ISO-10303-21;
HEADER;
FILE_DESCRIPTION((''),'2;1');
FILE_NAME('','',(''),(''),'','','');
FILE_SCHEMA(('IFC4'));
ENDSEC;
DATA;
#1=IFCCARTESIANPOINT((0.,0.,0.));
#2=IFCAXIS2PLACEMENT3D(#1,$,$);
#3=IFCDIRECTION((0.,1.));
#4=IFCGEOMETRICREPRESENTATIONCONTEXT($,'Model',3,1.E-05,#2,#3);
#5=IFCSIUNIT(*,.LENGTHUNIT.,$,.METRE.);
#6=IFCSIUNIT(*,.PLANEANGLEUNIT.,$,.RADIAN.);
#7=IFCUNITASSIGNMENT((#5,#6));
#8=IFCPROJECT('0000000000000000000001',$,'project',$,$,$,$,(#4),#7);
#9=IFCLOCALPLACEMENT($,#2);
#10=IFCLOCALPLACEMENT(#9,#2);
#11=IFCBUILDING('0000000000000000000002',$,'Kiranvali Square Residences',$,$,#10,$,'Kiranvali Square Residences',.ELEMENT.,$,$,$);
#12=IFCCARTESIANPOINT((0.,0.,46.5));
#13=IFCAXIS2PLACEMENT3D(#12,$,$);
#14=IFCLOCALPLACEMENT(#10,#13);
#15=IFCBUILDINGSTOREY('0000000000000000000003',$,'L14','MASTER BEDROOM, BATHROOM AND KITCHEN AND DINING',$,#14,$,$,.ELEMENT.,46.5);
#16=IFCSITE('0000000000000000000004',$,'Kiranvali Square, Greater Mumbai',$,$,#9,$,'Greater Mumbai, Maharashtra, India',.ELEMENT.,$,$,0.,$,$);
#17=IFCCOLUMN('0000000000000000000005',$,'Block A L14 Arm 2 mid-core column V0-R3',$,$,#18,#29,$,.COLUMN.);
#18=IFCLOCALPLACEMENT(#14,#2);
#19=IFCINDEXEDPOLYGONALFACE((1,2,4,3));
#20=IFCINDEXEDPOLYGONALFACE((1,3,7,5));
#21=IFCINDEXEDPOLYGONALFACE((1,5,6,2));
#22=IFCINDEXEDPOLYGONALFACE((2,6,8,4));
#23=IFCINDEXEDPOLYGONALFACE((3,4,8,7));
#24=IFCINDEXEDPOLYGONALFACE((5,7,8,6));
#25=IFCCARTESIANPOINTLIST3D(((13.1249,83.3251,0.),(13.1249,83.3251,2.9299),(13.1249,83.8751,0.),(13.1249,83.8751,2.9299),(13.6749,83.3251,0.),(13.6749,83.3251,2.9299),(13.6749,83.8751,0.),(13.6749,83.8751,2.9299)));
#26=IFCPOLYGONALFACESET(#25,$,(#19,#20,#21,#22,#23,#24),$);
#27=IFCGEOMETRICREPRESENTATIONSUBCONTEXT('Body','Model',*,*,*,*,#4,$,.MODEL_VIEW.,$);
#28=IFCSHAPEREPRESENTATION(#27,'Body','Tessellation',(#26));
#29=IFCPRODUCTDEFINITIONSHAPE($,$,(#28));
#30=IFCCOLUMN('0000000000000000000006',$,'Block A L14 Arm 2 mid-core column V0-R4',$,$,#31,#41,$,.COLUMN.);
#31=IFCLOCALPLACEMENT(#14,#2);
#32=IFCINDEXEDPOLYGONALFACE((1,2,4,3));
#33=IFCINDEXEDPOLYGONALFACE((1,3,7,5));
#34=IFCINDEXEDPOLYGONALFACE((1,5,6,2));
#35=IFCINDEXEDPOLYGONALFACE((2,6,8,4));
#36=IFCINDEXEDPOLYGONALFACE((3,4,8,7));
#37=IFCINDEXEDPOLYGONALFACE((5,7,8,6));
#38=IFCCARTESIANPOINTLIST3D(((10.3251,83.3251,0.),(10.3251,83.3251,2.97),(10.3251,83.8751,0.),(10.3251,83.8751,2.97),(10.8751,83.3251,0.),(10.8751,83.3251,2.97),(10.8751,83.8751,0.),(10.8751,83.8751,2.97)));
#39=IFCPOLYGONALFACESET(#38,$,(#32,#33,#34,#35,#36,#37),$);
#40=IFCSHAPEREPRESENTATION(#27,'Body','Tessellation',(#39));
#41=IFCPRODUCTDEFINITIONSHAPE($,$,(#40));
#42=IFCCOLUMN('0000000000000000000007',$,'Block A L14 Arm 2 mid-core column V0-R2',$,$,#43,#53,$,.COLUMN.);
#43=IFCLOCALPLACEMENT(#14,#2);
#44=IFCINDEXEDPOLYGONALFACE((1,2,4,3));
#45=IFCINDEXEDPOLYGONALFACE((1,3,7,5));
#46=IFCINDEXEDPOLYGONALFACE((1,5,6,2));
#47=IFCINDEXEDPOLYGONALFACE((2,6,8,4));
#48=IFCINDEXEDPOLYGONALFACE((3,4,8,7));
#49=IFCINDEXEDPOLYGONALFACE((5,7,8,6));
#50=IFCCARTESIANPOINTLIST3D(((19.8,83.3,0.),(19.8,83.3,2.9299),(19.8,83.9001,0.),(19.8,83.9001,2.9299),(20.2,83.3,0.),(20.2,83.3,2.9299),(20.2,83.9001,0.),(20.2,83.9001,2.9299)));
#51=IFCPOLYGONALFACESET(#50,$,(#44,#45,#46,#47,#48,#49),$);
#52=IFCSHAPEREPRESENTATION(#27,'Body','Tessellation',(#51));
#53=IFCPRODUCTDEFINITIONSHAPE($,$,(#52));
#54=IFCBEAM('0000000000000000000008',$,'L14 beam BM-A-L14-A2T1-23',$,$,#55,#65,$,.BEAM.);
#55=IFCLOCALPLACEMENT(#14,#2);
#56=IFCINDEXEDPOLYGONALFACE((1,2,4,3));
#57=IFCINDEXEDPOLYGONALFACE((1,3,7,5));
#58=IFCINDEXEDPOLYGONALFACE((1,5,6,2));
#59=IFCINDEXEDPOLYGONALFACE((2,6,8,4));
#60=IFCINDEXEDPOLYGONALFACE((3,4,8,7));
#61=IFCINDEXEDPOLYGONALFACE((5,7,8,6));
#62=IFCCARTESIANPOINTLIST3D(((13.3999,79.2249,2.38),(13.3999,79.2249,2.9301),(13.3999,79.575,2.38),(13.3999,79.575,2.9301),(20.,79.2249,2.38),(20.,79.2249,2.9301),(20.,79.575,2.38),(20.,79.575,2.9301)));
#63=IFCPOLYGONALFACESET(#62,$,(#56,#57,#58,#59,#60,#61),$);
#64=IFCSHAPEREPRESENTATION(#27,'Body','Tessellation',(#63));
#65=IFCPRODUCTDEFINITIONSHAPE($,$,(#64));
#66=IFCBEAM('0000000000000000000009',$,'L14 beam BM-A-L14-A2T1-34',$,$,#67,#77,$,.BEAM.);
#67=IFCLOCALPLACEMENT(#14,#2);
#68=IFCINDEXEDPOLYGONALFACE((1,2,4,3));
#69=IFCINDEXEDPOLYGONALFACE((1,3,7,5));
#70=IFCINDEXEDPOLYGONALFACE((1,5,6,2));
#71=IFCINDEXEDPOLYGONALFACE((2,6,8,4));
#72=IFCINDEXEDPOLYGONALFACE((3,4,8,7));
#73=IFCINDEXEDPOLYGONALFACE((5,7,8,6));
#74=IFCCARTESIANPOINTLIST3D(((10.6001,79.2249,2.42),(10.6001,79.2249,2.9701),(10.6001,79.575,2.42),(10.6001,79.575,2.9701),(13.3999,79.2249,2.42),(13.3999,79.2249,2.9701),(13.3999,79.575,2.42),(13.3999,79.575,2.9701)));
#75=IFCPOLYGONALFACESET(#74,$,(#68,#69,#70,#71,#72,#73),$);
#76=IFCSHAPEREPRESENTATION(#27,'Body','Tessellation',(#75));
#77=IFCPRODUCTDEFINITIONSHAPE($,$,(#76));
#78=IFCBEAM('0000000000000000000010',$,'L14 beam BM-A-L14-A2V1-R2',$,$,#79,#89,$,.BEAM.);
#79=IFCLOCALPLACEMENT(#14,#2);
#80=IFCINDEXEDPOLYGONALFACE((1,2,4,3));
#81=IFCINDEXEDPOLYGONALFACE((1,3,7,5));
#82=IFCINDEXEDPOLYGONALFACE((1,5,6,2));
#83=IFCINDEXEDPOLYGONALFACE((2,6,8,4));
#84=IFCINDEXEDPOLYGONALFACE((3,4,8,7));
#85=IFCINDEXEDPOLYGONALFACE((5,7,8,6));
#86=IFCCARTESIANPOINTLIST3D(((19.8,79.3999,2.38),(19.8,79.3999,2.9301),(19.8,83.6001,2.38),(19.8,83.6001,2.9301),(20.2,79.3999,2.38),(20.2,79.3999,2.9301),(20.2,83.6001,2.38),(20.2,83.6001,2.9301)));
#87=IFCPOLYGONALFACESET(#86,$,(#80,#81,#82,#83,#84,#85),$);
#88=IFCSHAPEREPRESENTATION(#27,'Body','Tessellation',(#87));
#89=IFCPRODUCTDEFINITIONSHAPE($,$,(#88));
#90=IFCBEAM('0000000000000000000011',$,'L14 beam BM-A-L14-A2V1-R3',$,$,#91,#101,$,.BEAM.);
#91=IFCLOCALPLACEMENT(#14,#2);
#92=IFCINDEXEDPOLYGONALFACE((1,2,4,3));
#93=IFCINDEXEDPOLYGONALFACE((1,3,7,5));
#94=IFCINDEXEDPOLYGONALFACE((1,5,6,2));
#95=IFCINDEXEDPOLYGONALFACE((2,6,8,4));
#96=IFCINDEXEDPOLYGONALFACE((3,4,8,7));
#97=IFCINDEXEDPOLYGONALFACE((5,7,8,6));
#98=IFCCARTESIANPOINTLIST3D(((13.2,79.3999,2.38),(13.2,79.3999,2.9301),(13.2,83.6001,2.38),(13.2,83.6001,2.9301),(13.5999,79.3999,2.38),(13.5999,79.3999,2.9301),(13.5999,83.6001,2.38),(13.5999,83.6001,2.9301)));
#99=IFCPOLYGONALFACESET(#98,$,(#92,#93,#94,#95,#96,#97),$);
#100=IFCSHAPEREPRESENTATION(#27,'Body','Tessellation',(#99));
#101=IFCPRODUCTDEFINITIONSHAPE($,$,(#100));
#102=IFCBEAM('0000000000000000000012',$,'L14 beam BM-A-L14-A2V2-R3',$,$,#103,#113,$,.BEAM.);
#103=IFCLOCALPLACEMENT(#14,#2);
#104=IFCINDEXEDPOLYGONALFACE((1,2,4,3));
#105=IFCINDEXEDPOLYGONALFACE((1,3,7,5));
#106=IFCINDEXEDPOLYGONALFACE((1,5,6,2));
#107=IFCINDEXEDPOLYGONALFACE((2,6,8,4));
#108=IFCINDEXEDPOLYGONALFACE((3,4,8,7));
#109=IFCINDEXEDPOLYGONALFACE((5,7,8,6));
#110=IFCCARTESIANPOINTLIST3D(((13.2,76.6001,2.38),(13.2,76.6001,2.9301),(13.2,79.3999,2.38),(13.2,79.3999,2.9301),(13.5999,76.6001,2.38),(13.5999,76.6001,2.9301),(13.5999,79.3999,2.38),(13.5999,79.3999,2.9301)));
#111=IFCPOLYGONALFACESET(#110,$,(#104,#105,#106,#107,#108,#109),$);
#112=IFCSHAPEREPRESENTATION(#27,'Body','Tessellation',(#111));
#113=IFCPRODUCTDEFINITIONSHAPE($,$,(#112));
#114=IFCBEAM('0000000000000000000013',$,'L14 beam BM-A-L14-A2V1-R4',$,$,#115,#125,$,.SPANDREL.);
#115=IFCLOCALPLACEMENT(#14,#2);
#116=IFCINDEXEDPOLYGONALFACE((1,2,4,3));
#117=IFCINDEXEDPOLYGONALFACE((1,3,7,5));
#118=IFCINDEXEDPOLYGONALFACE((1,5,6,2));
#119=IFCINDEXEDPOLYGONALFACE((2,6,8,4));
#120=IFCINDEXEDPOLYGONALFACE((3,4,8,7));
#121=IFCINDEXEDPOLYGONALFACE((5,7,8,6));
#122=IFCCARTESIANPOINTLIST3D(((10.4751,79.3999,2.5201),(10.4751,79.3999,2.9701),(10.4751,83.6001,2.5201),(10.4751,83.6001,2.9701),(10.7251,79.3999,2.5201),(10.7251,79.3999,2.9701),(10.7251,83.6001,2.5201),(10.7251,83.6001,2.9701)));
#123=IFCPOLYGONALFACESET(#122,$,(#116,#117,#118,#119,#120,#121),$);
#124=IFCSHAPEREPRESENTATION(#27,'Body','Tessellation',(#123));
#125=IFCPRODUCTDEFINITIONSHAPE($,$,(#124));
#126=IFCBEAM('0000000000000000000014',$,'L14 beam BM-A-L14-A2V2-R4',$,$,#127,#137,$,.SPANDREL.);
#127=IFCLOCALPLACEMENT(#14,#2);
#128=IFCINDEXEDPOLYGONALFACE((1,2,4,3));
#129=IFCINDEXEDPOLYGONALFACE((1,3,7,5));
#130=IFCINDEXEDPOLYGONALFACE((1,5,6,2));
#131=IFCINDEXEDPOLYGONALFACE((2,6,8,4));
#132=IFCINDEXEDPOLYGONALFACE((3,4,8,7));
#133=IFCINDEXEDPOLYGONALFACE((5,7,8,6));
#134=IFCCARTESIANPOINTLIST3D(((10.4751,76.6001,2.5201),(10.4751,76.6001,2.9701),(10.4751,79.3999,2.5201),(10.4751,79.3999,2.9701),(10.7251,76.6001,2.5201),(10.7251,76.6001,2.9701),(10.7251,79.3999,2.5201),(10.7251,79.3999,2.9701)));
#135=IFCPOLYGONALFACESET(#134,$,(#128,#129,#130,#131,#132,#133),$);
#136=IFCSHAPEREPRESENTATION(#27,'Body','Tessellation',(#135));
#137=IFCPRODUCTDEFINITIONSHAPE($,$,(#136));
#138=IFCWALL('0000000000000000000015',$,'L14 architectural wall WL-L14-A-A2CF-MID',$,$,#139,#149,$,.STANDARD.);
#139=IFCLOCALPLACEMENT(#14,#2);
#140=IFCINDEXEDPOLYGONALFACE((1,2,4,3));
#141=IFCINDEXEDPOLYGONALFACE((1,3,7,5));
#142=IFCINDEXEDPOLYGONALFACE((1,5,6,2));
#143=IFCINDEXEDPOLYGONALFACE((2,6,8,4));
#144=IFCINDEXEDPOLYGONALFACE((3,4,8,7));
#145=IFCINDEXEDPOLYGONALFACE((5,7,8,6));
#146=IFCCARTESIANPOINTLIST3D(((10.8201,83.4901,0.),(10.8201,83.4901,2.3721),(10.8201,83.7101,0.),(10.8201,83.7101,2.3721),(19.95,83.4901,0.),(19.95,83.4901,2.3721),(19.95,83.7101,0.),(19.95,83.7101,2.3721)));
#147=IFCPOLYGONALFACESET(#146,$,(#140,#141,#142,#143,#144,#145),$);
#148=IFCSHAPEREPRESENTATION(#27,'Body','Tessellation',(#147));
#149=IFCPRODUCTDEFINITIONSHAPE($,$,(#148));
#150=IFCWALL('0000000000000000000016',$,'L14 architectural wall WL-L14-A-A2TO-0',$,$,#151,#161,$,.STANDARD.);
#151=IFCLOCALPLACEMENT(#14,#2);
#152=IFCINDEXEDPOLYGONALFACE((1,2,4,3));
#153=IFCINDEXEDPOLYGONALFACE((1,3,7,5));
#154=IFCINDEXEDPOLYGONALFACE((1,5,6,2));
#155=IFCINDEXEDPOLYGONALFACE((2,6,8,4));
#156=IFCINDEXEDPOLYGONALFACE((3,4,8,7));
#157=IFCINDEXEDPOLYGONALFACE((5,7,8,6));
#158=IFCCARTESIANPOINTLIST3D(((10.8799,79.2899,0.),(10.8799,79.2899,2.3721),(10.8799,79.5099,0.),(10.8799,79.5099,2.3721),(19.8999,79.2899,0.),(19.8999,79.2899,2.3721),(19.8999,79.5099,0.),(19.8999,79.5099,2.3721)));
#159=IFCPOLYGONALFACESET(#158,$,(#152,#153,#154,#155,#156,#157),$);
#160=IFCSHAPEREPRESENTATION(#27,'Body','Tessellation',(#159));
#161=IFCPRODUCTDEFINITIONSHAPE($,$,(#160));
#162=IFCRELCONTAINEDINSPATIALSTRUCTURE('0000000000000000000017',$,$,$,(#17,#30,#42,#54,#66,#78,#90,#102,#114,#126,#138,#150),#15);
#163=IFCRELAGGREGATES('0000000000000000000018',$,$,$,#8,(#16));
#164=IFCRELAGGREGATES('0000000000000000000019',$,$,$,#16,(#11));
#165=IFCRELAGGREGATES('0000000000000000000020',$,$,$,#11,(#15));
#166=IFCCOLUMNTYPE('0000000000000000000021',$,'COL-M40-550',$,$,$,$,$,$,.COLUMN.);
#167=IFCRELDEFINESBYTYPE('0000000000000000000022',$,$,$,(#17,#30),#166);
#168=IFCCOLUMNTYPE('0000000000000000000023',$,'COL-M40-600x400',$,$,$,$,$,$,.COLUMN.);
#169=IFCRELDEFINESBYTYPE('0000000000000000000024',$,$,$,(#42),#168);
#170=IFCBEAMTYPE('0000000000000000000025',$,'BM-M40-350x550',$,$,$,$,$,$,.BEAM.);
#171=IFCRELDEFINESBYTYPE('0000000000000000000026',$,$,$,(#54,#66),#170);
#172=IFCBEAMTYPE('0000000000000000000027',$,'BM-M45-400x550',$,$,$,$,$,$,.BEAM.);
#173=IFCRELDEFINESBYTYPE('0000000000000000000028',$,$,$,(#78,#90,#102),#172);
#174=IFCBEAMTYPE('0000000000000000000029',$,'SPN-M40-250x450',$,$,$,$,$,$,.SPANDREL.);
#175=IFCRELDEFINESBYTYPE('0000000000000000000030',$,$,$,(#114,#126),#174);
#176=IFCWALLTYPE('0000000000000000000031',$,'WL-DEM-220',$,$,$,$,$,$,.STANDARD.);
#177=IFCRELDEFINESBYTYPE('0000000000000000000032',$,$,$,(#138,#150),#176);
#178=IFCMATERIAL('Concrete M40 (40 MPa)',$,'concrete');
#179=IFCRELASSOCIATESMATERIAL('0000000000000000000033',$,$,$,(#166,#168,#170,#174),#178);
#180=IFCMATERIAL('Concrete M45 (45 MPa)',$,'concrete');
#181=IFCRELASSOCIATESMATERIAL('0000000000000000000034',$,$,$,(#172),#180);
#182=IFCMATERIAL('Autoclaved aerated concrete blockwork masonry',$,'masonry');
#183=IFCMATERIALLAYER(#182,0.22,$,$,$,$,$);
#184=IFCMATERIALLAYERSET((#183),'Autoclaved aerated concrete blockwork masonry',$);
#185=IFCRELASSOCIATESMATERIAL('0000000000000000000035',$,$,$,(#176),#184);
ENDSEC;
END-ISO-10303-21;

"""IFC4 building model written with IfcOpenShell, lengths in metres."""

from ifc_helpers import new_model, si_unit, direction, frame, frame_2d, origin, origin_2d, place, context, subcontext, project, spatial, rectangle, extrude, material, layer, layer_set, material_profile, profile_set, type_object, element, save


model = new_model("IFC4")

# Units and contexts
model_context = context("Model", 3, precision=1e-05, world=origin(), true_north=direction((0.0, 1.0)))
body_context = subcontext(model_context, "Body", "Model", "MODEL_VIEW")
ifc_project = project(units=[si_unit("LENGTHUNIT", "METRE"), si_unit("PLANEANGLEUNIT", "RADIAN")], contexts=[model_context])

# Site, building, storey
site_placement = place(None, origin())
site = spatial("IfcSite", under=ifc_project, at=site_placement, Name="Kiranvali Square, Greater Mumbai", LongName="Greater Mumbai, Maharashtra, India", CompositionType="ELEMENT", RefElevation=0.0)
building_placement = place(site_placement, origin())
building = spatial("IfcBuilding", under=site, at=building_placement, Name="Kiranvali Square Residences", LongName="Kiranvali Square Residences", CompositionType="ELEMENT")
storey_placement = place(building_placement, frame((0.0, 0.0, 46.5)))
storey = spatial("IfcBuildingStorey", under=building, at=storey_placement, Name="L14", Description="MASTER BEDROOM, BATHROOM AND KITCHEN AND DINING", CompositionType="ELEMENT", Elevation=46.5)

# Columns
ifc_material_1 = material(Name="Concrete M40 (40 MPa)", Category="concrete")
ifc_material_profile_1 = material_profile(ifc_material_1, rectangle(XDim=0.55, YDim=0.55, at=origin_2d()), Name="RC 550x550")
ifc_profile_set_1 = profile_set([ifc_material_profile_1], Name="Concrete M40 (40 MPa)")
column_type_1 = type_object("IfcColumnType", Name="COL-M40-550", PredefinedType="COLUMN", material=ifc_profile_set_1)
column_1_placement = place(storey_placement, frame((13.3999, 83.6001, 0.0), z_axis=(0.0, 0.0, 1.0), x_axis=(1.0, 0.0, 0.0)))
element("IfcColumn", 1, at=column_1_placement, inside=storey, type_object=column_type_1, Name="Block A L14 Arm 2 mid-core column V0-R3", PredefinedType="COLUMN", context=body_context, shape_type="SweptSolid", body=[
    extrude(rectangle(XDim=0.55, YDim=0.55, at=origin_2d()), origin(), (0.0, 0.0, 1.0), 2.9299),
])
column_2_placement = place(storey_placement, frame((10.6001, 83.6001, 0.0), z_axis=(0.0, 0.0, 1.0), x_axis=(1.0, 0.0, 0.0)))
element("IfcColumn", 2, at=column_2_placement, inside=storey, type_object=column_type_1, Name="Block A L14 Arm 2 mid-core column V0-R4", PredefinedType="COLUMN", context=body_context, shape_type="SweptSolid", body=[
    extrude(rectangle(XDim=0.55, YDim=0.55, at=origin_2d()), origin(), (0.0, 0.0, 1.0), 2.97),
])
ifc_material_profile_2 = material_profile(ifc_material_1, rectangle(XDim=0.3999, YDim=0.6001, at=origin_2d()), Name="RC 600x400")
ifc_profile_set_2 = profile_set([ifc_material_profile_2], Name="Concrete M40 (40 MPa)")
column_type_2 = type_object("IfcColumnType", Name="COL-M40-600x400", PredefinedType="COLUMN", material=ifc_profile_set_2)
column_3_placement = place(storey_placement, frame((20.0, 83.6001, 0.0), z_axis=(0.0, 0.0, 1.0), x_axis=(1.0, 0.0, 0.0)))
element("IfcColumn", 3, at=column_3_placement, inside=storey, type_object=column_type_2, Name="Block A L14 Arm 2 mid-core column V0-R2", PredefinedType="COLUMN", context=body_context, shape_type="SweptSolid", body=[
    extrude(rectangle(XDim=0.3999, YDim=0.6001, at=origin_2d()), origin(), (0.0, 0.0, 1.0), 2.9299),
])

# Beams
ifc_material_profile_3 = material_profile(ifc_material_1, rectangle(XDim=0.3501, YDim=0.55, at=origin_2d()), Name="RC 350x550")
ifc_profile_set_3 = profile_set([ifc_material_profile_3], Name="Concrete M40 (40 MPa)")
beam_type_1 = type_object("IfcBeamType", Name="BM-M40-350x550", PredefinedType="BEAM", material=ifc_profile_set_3)
beam_1_placement = place(storey_placement, frame((20.0, 79.3999, 2.655), z_axis=(-1.0, 0.0, 0.0), x_axis=(0.0, -1.0, 0.0)))
element("IfcBeam", 4, at=beam_1_placement, inside=storey, type_object=beam_type_1, Name="L14 beam BM-A-L14-A2T1-23", PredefinedType="BEAM", context=body_context, shape_type="SweptSolid", body=[
    extrude(rectangle(XDim=0.3501, YDim=0.55, at=origin_2d()), origin(), (0.0, 0.0, 1.0), 6.6001),
])
beam_2_placement = place(storey_placement, frame((13.3999, 79.3999, 2.6951), z_axis=(-1.0, 0.0, 0.0), x_axis=(0.0, -1.0, 0.0)))
element("IfcBeam", 5, at=beam_2_placement, inside=storey, type_object=beam_type_1, Name="L14 beam BM-A-L14-A2T1-34", PredefinedType="BEAM", context=body_context, shape_type="SweptSolid", body=[
    extrude(rectangle(XDim=0.3501, YDim=0.55, at=origin_2d()), origin(), (0.0, 0.0, 1.0), 2.7998),
])
ifc_material_2 = material(Name="Concrete M45 (45 MPa)", Category="concrete")
ifc_material_profile_4 = material_profile(ifc_material_2, rectangle(XDim=0.3999, YDim=0.55, at=origin_2d()), Name="RC 400x550")
ifc_profile_set_4 = profile_set([ifc_material_profile_4], Name="Concrete M45 (45 MPa)")
beam_type_2 = type_object("IfcBeamType", Name="BM-M45-400x550", PredefinedType="BEAM", material=ifc_profile_set_4)
for number, where, z_axis, x_axis, name in (
    (6, (20.0, 83.6001, 2.655), (0.0, -1.0, 0.0), (1.0, 0.0, 0.0), "L14 beam BM-A-L14-A2V1-R2"),
    (7, (13.3999, 83.6001, 2.655), (0.0, -1.0, 0.0), (1.0, 0.0, 0.0), "L14 beam BM-A-L14-A2V1-R3"),
):
    element("IfcBeam", number, at=place(storey_placement, frame(where, z_axis=z_axis, x_axis=x_axis)), inside=storey, type_object=beam_type_2, Name=name, PredefinedType="BEAM", context=body_context, shape_type="SweptSolid", body=[
        extrude(rectangle(XDim=0.3999, YDim=0.55, at=origin_2d()), origin(), (0.0, 0.0, 1.0), 4.2002),
    ])
beam_3_placement = place(storey_placement, frame((13.3999, 79.3999, 2.655), z_axis=(0.0, -1.0, 0.0), x_axis=(1.0, 0.0, 0.0)))
element("IfcBeam", 8, at=beam_3_placement, inside=storey, type_object=beam_type_2, Name="L14 beam BM-A-L14-A2V2-R3", PredefinedType="BEAM", context=body_context, shape_type="SweptSolid", body=[
    extrude(rectangle(XDim=0.3999, YDim=0.55, at=origin_2d()), origin(), (0.0, 0.0, 1.0), 2.7998),
])
ifc_material_profile_5 = material_profile(ifc_material_1, rectangle(XDim=0.25, YDim=0.45, at=origin_2d()), Name="RC 250x450")
ifc_profile_set_5 = profile_set([ifc_material_profile_5], Name="Concrete M40 (40 MPa)")
beam_type_3 = type_object("IfcBeamType", Name="SPN-M40-250x450", PredefinedType="SPANDREL", material=ifc_profile_set_5)
beam_4_placement = place(storey_placement, frame((10.6001, 83.6001, 2.7451), z_axis=(0.0, -1.0, 0.0), x_axis=(1.0, 0.0, 0.0)))
element("IfcBeam", 9, at=beam_4_placement, inside=storey, type_object=beam_type_3, Name="L14 beam BM-A-L14-A2V1-R4", PredefinedType="SPANDREL", context=body_context, shape_type="SweptSolid", body=[
    extrude(rectangle(XDim=0.25, YDim=0.45, at=origin_2d()), origin(), (0.0, 0.0, 1.0), 4.2002),
])
beam_5_placement = place(storey_placement, frame((10.6001, 79.3999, 2.7451), z_axis=(0.0, -1.0, 0.0), x_axis=(1.0, 0.0, 0.0)))
element("IfcBeam", 10, at=beam_5_placement, inside=storey, type_object=beam_type_3, Name="L14 beam BM-A-L14-A2V2-R4", PredefinedType="SPANDREL", context=body_context, shape_type="SweptSolid", body=[
    extrude(rectangle(XDim=0.25, YDim=0.45, at=origin_2d()), origin(), (0.0, 0.0, 1.0), 2.7998),
])

# Shared definitions
ifc_material_3 = material(Name="Autoclaved aerated concrete blockwork masonry", Category="masonry")

# Walls
ifc_layer_1 = layer(ifc_material_3, 0.22)
ifc_layer_set_1 = layer_set([ifc_layer_1], Name="Autoclaved aerated concrete blockwork masonry")
wall_type_1 = type_object("IfcWallType", Name="WL-DEM-220", PredefinedType="STANDARD", material=ifc_layer_set_1)
wall_1_placement = place(storey_placement, frame((19.95, 83.6001, 0.0), z_axis=(0.0, 0.0, 1.0), x_axis=(-1.0, 0.0, 0.0)))
element("IfcWall", 11, at=wall_1_placement, inside=storey, type_object=wall_type_1, Name="L14 architectural wall WL-L14-A-A2CF-MID", PredefinedType="STANDARD", context=body_context, shape_type="SweptSolid", body=[
    extrude(rectangle(XDim=9.1299, YDim=0.22, at=frame_2d((4.5649, 0.0))), origin(), (0.0, 0.0, 1.0), 2.3721),
])
wall_2_placement = place(storey_placement, frame((19.8999, 79.3999, 0.0), z_axis=(0.0, 0.0, 1.0), x_axis=(-1.0, 0.0, 0.0)))
element("IfcWall", 12, at=wall_2_placement, inside=storey, type_object=wall_type_1, Name="L14 architectural wall WL-L14-A-A2TO-0", PredefinedType="STANDARD", context=body_context, shape_type="SweptSolid", body=[
    extrude(rectangle(XDim=9.02, YDim=0.22, at=frame_2d((4.51, 0.0))), origin(), (0.0, 0.0, 1.0), 2.3721),
])

save(model, "model.ifc")
